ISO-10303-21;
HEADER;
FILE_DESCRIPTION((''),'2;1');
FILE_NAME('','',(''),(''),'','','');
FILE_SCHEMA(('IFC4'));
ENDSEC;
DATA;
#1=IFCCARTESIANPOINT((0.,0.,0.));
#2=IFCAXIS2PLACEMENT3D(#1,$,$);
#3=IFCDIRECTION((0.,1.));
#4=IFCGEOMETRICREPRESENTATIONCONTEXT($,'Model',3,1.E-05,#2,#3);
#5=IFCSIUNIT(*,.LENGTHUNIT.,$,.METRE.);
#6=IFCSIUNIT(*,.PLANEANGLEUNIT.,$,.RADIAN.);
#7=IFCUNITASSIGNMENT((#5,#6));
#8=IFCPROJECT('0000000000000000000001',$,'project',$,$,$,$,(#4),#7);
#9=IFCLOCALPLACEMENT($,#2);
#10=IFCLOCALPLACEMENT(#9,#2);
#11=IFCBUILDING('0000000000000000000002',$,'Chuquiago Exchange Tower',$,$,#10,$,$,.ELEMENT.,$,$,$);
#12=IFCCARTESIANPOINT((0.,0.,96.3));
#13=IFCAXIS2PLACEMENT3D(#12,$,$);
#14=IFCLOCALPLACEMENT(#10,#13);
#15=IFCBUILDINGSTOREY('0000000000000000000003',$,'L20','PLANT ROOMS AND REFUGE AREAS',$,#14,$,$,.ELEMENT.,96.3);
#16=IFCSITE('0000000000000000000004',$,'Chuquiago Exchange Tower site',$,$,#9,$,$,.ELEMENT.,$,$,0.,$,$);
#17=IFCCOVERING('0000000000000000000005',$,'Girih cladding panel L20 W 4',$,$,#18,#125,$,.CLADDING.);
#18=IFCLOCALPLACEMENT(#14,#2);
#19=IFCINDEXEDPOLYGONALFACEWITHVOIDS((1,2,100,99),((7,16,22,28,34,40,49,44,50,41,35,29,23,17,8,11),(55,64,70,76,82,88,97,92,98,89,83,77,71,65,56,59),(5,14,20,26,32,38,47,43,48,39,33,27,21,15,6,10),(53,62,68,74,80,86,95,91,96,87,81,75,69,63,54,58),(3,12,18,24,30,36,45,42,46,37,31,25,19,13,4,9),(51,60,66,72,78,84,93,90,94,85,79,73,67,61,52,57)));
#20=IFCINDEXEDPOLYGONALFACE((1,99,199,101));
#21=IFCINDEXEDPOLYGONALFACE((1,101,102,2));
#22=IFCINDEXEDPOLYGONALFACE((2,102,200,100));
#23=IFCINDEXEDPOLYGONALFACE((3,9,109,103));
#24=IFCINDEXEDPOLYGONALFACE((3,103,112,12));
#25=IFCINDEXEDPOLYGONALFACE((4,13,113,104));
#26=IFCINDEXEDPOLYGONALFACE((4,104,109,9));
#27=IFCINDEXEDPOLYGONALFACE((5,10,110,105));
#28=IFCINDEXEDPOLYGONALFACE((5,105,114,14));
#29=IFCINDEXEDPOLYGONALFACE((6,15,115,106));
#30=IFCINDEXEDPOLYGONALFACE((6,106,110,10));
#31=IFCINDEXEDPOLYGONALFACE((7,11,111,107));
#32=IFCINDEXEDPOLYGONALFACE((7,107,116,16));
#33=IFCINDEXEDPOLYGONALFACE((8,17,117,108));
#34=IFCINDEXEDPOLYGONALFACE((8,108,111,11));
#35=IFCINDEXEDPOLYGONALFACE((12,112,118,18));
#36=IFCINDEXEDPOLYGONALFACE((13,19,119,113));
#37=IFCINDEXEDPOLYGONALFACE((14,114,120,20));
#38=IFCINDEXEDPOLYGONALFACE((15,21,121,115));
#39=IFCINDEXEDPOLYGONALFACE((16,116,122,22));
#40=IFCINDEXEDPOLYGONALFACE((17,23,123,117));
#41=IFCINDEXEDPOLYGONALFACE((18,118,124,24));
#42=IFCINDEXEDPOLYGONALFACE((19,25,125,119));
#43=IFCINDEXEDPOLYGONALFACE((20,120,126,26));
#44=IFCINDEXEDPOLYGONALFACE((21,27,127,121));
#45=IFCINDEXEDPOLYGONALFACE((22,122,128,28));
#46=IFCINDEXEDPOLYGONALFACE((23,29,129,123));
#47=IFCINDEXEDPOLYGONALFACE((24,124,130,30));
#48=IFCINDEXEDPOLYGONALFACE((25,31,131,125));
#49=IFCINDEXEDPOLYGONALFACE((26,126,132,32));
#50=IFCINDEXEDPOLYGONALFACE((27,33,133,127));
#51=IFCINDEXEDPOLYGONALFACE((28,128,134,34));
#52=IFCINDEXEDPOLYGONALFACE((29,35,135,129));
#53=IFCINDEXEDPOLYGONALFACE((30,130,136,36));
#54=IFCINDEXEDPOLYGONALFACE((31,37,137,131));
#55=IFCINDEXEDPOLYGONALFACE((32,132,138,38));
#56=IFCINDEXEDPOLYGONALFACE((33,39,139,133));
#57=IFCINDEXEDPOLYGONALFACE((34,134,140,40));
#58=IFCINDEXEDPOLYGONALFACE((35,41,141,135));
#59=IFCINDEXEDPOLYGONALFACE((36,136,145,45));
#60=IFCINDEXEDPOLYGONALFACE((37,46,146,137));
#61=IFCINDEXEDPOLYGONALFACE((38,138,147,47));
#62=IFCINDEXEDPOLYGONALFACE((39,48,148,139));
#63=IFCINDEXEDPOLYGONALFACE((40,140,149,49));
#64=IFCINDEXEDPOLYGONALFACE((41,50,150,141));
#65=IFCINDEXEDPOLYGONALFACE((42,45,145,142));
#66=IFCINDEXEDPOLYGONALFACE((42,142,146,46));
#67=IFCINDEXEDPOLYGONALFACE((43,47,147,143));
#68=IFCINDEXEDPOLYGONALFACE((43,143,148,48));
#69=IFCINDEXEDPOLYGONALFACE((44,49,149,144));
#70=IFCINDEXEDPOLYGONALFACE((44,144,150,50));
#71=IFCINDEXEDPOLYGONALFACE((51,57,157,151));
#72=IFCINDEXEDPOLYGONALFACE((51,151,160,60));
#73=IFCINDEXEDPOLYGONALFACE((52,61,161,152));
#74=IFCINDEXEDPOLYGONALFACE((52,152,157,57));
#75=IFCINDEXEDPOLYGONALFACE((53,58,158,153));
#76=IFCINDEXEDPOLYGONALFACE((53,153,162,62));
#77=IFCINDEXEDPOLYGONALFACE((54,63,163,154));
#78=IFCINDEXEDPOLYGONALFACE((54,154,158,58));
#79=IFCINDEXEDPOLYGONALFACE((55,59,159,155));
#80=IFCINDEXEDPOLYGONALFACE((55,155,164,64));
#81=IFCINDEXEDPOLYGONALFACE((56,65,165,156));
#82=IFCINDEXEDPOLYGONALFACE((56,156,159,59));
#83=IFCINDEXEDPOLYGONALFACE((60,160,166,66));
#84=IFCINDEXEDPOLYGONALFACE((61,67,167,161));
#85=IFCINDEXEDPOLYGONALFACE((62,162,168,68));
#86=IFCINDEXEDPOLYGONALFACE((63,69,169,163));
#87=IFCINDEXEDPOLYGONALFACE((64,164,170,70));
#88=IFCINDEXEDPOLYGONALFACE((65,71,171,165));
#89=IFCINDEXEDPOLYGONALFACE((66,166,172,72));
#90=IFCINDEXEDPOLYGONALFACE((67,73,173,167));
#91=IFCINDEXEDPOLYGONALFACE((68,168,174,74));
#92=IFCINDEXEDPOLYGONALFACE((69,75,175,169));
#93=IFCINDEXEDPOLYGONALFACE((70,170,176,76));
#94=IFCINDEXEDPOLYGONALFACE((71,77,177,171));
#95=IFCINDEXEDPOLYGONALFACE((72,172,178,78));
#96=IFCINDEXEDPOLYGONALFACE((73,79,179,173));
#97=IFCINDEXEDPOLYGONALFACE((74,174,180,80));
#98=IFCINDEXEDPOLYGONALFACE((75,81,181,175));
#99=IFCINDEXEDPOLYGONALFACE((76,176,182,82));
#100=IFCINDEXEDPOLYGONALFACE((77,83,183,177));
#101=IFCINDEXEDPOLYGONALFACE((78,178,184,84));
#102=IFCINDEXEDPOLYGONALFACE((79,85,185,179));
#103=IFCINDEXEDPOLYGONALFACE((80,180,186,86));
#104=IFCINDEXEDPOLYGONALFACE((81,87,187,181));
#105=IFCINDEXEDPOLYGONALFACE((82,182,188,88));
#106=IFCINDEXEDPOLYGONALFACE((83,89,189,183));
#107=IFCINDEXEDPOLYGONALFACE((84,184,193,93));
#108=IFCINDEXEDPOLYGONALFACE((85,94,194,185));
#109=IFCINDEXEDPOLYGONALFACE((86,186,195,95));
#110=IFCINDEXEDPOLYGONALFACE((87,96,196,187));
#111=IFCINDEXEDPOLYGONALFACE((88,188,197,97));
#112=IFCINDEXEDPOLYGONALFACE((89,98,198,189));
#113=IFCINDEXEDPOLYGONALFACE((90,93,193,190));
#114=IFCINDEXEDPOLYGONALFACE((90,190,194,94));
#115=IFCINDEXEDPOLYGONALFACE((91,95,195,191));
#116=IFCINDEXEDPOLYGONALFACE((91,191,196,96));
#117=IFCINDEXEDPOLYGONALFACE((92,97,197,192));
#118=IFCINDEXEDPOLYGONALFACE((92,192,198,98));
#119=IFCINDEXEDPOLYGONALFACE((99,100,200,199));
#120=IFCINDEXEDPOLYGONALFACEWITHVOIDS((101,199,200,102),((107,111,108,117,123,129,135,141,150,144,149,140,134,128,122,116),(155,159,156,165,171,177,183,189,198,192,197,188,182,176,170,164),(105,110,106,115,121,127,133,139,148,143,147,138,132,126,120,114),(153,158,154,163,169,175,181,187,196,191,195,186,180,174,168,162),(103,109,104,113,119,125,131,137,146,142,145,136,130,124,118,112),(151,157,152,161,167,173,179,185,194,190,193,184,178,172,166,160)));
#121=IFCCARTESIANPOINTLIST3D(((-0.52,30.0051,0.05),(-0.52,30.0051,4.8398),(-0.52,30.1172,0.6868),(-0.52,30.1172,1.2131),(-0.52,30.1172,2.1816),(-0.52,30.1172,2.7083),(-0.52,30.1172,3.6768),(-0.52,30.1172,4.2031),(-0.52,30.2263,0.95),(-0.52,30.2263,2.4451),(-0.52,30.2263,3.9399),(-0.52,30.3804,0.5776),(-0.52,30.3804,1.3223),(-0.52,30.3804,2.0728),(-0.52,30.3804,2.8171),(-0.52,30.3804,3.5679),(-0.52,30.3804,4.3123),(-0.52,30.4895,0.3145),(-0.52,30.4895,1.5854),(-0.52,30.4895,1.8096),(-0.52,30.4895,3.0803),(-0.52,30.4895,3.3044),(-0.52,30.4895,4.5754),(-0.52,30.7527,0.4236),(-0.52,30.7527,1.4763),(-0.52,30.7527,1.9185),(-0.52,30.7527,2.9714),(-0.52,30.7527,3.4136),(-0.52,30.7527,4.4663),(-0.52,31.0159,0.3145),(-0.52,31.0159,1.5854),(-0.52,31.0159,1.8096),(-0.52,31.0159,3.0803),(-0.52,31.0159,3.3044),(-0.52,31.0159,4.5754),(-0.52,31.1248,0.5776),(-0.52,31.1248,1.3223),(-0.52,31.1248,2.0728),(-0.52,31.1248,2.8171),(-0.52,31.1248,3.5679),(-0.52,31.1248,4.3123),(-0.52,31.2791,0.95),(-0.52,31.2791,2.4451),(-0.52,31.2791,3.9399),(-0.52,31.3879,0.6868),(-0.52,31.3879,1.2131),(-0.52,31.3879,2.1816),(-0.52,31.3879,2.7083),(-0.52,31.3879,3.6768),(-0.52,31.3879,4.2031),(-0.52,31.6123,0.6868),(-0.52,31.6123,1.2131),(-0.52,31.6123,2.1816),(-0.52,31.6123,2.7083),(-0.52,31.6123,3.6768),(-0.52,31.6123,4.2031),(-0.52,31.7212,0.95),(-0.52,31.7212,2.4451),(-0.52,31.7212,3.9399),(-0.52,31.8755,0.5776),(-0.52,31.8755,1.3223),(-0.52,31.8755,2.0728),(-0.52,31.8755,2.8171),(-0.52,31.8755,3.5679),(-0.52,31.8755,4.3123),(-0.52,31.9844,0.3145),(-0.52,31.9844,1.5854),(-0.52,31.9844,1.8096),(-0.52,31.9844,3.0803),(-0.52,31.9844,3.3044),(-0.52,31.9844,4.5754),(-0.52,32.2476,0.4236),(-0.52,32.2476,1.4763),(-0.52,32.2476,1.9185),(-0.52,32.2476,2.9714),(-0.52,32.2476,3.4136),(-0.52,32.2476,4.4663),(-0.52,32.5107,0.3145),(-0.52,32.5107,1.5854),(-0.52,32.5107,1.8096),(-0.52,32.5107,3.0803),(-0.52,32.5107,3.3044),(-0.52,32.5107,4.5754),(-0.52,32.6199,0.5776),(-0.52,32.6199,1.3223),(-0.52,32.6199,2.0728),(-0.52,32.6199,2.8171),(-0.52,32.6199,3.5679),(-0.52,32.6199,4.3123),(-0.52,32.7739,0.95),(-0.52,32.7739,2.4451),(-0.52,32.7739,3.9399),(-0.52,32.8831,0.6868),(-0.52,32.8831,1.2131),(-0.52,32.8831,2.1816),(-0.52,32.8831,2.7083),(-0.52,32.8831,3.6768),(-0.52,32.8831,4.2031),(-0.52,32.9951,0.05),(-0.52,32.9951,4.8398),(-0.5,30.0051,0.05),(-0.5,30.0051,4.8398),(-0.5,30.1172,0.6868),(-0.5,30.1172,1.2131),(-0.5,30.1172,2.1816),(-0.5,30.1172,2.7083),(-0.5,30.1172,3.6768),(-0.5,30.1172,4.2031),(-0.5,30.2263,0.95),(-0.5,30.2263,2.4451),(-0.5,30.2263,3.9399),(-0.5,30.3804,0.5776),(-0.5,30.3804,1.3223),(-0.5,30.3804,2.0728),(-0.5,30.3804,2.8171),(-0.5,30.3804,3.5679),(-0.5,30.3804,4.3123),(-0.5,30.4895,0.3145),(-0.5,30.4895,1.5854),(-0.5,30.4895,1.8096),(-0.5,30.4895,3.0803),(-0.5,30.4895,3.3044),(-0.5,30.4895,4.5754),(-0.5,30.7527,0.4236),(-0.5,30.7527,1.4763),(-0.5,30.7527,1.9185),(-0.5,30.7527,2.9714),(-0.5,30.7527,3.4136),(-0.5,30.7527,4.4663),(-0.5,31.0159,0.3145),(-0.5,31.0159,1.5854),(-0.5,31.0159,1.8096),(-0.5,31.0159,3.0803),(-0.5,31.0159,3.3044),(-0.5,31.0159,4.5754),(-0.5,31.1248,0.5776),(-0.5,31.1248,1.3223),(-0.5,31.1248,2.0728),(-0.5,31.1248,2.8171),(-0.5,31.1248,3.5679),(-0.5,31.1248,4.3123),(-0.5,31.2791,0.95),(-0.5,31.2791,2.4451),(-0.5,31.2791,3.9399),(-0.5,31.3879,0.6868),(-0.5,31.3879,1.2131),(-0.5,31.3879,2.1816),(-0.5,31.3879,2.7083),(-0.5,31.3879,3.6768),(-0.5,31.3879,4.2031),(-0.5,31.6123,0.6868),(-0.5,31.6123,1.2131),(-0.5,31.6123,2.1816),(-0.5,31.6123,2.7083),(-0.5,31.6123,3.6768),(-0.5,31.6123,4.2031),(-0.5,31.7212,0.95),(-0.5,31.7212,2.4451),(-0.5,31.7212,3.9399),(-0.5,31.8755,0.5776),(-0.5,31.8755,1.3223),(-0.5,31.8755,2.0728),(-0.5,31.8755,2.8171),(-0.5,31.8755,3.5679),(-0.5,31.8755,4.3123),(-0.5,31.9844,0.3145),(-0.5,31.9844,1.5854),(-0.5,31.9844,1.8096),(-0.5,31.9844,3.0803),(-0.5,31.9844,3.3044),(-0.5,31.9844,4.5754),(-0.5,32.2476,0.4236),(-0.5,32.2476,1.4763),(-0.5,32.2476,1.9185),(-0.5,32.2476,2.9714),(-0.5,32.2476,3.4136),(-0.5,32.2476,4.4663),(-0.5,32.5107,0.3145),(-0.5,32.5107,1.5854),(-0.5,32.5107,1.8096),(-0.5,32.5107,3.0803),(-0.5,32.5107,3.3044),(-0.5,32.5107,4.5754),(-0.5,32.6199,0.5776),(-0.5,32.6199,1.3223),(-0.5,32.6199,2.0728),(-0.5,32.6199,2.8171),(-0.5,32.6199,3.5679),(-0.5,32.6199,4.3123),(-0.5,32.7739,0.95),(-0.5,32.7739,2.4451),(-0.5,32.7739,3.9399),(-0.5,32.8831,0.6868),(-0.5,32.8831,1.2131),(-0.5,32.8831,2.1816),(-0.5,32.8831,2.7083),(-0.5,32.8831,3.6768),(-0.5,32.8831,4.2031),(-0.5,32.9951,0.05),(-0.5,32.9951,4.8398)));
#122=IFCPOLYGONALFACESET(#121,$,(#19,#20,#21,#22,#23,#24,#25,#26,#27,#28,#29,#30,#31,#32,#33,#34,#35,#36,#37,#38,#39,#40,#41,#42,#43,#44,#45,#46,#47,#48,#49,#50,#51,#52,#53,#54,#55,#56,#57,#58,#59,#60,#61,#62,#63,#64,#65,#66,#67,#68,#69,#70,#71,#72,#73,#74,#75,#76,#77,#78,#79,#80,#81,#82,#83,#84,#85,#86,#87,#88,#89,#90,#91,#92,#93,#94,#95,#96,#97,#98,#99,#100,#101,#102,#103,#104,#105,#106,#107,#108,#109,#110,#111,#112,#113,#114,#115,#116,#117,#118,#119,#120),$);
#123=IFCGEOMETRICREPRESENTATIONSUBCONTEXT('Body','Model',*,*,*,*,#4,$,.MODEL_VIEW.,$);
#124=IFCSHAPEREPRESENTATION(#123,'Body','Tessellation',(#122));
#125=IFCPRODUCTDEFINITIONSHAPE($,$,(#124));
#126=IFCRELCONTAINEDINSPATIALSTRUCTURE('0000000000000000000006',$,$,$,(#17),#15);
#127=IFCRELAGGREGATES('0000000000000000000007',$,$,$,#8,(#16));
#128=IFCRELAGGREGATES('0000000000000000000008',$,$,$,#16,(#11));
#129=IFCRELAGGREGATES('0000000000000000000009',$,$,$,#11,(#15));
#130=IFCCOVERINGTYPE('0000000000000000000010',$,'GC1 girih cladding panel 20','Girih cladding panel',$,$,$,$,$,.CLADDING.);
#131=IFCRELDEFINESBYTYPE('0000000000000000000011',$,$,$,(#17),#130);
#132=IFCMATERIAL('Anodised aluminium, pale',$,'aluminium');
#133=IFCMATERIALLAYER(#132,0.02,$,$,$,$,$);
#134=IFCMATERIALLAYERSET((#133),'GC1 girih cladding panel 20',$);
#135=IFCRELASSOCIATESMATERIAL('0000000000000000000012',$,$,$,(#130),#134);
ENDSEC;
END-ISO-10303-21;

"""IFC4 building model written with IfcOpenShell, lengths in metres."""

from ifc_helpers import new_model, si_unit, direction, frame, origin, place, context, subcontext, project, spatial, polyline, outline, extrude, material, layer, layer_set, type_object, element, save


model = new_model("IFC4")

# Units and contexts
model_context = context("Model", 3, precision=1e-05, world=origin(), true_north=direction((0.0, 1.0)))
body_context = subcontext(model_context, "Body", "Model", "MODEL_VIEW")
ifc_project = project(units=[si_unit("LENGTHUNIT", "METRE"), si_unit("PLANEANGLEUNIT", "RADIAN")], contexts=[model_context])

# Site, building, storey
site_placement = place(None, origin())
site = spatial("IfcSite", under=ifc_project, at=site_placement, Name="Chuquiago Exchange Tower site", CompositionType="ELEMENT", RefElevation=0.0)
building_placement = place(site_placement, origin())
building = spatial("IfcBuilding", under=site, at=building_placement, Name="Chuquiago Exchange Tower", CompositionType="ELEMENT")
storey_placement = place(building_placement, frame((0.0, 0.0, 96.3)))
storey = spatial("IfcBuildingStorey", under=building, at=storey_placement, Name="L20", Description="PLANT ROOMS AND REFUGE AREAS", CompositionType="ELEMENT", Elevation=96.3)

# Covering
ifc_material_1 = material(Name="Anodised aluminium, pale", Category="aluminium")
ifc_layer_1 = layer(ifc_material_1, 0.02)
ifc_layer_set_1 = layer_set([ifc_layer_1], Name="GC1 girih cladding panel 20")
covering_type = type_object("IfcCoveringType", Name="GC1 girih cladding panel 20", Description="Girih cladding panel", PredefinedType="CLADDING", material=ifc_layer_set_1)
covering_1_placement = place(storey_placement, frame((-0.5, 32.9951, 0.05), z_axis=(0.0, 0.0, 1.0), x_axis=(0.0, -1.0, 0.0)))
element("IfcCovering", 1, at=covering_1_placement, inside=storey, type_object=covering_type, Name="Girih cladding panel L20 W 4", PredefinedType="CLADDING", context=body_context, shape_type="SweptSolid", body=[
    extrude(outline(polyline([(0.0, 0.0), (2.99, 0.0), (2.99, 4.7898), (0.0, 4.7898), (0.0, 0.0)]), holes=[polyline([(1.2739, 0.8999), (1.3828, 1.1631), (1.1196, 1.2722), (1.0107, 1.5354), (0.7476, 1.4263), (0.4844, 1.5354), (0.3752, 1.2722), (0.1121, 1.1631), (0.2212, 0.8999), (0.1121, 0.6367), (0.3752, 0.5276), (0.4844, 0.2644), (0.7476, 0.3735), (1.0107, 0.2644), (1.1196, 0.5276), (1.3828, 0.6367), (1.2739, 0.8999)]), polyline([(2.7688, 0.8999), (2.8779, 1.1631), (2.6147, 1.2722), (2.5056, 1.5354), (2.2424, 1.4263), (1.9792, 1.5354), (1.8704, 1.2722), (1.6072, 1.1631), (1.7161, 0.8999), (1.6072, 0.6367), (1.8704, 0.5276), (1.9792, 0.2644), (2.2424, 0.3735), (2.5056, 0.2644), (2.6147, 0.5276), (2.8779, 0.6367), (2.7688, 0.8999)]), polyline([(1.2739, 2.395), (1.3828, 2.6582), (1.1196, 2.7671), (1.0107, 3.0303), (0.7476, 2.9214), (0.4844, 3.0303), (0.3752, 2.7671), (0.1121, 2.6582), (0.2212, 2.395), (0.1121, 2.1316), (0.3752, 2.0227), (0.4844, 1.7595), (0.7476, 1.8684), (1.0107, 1.7595), (1.1196, 2.0227), (1.3828, 2.1316), (1.2739, 2.395)]), polyline([(2.7688, 2.395), (2.8779, 2.6582), (2.6147, 2.7671), (2.5056, 3.0303), (2.2424, 2.9214), (1.9792, 3.0303), (1.8704, 2.7671), (1.6072, 2.6582), (1.7161, 2.395), (1.6072, 2.1316), (1.8704, 2.0227), (1.9792, 1.7595), (2.2424, 1.8684), (2.5056, 1.7595), (2.6147, 2.0227), (2.8779, 2.1316), (2.7688, 2.395)]), polyline([(1.2739, 3.8899), (1.3828, 4.1531), (1.1196, 4.2622), (1.0107, 4.5254), (0.7476, 4.4163), (0.4844, 4.5254), (0.3752, 4.2622), (0.1121, 4.1531), (0.2212, 3.8899), (0.1121, 3.6267), (0.3752, 3.5178), (0.4844, 3.2544), (0.7476, 3.3635), (1.0107, 3.2544), (1.1196, 3.5178), (1.3828, 3.6267), (1.2739, 3.8899)]), polyline([(2.7688, 3.8899), (2.8779, 4.1531), (2.6147, 4.2622), (2.5056, 4.5254), (2.2424, 4.4163), (1.9792, 4.5254), (1.8704, 4.2622), (1.6072, 4.1531), (1.7161, 3.8899), (1.6072, 3.6267), (1.8704, 3.5178), (1.9792, 3.2544), (2.2424, 3.3635), (2.5056, 3.2544), (2.6147, 3.5178), (2.8779, 3.6267), (2.7688, 3.8899)])]), frame((0.0, 0.0, 0.0), z_axis=(0.0, -1.0, 0.0), x_axis=(1.0, 0.0, 0.0)), (0.0, 0.0, 1.0), 0.02),
])

save(model, "model.ifc")
